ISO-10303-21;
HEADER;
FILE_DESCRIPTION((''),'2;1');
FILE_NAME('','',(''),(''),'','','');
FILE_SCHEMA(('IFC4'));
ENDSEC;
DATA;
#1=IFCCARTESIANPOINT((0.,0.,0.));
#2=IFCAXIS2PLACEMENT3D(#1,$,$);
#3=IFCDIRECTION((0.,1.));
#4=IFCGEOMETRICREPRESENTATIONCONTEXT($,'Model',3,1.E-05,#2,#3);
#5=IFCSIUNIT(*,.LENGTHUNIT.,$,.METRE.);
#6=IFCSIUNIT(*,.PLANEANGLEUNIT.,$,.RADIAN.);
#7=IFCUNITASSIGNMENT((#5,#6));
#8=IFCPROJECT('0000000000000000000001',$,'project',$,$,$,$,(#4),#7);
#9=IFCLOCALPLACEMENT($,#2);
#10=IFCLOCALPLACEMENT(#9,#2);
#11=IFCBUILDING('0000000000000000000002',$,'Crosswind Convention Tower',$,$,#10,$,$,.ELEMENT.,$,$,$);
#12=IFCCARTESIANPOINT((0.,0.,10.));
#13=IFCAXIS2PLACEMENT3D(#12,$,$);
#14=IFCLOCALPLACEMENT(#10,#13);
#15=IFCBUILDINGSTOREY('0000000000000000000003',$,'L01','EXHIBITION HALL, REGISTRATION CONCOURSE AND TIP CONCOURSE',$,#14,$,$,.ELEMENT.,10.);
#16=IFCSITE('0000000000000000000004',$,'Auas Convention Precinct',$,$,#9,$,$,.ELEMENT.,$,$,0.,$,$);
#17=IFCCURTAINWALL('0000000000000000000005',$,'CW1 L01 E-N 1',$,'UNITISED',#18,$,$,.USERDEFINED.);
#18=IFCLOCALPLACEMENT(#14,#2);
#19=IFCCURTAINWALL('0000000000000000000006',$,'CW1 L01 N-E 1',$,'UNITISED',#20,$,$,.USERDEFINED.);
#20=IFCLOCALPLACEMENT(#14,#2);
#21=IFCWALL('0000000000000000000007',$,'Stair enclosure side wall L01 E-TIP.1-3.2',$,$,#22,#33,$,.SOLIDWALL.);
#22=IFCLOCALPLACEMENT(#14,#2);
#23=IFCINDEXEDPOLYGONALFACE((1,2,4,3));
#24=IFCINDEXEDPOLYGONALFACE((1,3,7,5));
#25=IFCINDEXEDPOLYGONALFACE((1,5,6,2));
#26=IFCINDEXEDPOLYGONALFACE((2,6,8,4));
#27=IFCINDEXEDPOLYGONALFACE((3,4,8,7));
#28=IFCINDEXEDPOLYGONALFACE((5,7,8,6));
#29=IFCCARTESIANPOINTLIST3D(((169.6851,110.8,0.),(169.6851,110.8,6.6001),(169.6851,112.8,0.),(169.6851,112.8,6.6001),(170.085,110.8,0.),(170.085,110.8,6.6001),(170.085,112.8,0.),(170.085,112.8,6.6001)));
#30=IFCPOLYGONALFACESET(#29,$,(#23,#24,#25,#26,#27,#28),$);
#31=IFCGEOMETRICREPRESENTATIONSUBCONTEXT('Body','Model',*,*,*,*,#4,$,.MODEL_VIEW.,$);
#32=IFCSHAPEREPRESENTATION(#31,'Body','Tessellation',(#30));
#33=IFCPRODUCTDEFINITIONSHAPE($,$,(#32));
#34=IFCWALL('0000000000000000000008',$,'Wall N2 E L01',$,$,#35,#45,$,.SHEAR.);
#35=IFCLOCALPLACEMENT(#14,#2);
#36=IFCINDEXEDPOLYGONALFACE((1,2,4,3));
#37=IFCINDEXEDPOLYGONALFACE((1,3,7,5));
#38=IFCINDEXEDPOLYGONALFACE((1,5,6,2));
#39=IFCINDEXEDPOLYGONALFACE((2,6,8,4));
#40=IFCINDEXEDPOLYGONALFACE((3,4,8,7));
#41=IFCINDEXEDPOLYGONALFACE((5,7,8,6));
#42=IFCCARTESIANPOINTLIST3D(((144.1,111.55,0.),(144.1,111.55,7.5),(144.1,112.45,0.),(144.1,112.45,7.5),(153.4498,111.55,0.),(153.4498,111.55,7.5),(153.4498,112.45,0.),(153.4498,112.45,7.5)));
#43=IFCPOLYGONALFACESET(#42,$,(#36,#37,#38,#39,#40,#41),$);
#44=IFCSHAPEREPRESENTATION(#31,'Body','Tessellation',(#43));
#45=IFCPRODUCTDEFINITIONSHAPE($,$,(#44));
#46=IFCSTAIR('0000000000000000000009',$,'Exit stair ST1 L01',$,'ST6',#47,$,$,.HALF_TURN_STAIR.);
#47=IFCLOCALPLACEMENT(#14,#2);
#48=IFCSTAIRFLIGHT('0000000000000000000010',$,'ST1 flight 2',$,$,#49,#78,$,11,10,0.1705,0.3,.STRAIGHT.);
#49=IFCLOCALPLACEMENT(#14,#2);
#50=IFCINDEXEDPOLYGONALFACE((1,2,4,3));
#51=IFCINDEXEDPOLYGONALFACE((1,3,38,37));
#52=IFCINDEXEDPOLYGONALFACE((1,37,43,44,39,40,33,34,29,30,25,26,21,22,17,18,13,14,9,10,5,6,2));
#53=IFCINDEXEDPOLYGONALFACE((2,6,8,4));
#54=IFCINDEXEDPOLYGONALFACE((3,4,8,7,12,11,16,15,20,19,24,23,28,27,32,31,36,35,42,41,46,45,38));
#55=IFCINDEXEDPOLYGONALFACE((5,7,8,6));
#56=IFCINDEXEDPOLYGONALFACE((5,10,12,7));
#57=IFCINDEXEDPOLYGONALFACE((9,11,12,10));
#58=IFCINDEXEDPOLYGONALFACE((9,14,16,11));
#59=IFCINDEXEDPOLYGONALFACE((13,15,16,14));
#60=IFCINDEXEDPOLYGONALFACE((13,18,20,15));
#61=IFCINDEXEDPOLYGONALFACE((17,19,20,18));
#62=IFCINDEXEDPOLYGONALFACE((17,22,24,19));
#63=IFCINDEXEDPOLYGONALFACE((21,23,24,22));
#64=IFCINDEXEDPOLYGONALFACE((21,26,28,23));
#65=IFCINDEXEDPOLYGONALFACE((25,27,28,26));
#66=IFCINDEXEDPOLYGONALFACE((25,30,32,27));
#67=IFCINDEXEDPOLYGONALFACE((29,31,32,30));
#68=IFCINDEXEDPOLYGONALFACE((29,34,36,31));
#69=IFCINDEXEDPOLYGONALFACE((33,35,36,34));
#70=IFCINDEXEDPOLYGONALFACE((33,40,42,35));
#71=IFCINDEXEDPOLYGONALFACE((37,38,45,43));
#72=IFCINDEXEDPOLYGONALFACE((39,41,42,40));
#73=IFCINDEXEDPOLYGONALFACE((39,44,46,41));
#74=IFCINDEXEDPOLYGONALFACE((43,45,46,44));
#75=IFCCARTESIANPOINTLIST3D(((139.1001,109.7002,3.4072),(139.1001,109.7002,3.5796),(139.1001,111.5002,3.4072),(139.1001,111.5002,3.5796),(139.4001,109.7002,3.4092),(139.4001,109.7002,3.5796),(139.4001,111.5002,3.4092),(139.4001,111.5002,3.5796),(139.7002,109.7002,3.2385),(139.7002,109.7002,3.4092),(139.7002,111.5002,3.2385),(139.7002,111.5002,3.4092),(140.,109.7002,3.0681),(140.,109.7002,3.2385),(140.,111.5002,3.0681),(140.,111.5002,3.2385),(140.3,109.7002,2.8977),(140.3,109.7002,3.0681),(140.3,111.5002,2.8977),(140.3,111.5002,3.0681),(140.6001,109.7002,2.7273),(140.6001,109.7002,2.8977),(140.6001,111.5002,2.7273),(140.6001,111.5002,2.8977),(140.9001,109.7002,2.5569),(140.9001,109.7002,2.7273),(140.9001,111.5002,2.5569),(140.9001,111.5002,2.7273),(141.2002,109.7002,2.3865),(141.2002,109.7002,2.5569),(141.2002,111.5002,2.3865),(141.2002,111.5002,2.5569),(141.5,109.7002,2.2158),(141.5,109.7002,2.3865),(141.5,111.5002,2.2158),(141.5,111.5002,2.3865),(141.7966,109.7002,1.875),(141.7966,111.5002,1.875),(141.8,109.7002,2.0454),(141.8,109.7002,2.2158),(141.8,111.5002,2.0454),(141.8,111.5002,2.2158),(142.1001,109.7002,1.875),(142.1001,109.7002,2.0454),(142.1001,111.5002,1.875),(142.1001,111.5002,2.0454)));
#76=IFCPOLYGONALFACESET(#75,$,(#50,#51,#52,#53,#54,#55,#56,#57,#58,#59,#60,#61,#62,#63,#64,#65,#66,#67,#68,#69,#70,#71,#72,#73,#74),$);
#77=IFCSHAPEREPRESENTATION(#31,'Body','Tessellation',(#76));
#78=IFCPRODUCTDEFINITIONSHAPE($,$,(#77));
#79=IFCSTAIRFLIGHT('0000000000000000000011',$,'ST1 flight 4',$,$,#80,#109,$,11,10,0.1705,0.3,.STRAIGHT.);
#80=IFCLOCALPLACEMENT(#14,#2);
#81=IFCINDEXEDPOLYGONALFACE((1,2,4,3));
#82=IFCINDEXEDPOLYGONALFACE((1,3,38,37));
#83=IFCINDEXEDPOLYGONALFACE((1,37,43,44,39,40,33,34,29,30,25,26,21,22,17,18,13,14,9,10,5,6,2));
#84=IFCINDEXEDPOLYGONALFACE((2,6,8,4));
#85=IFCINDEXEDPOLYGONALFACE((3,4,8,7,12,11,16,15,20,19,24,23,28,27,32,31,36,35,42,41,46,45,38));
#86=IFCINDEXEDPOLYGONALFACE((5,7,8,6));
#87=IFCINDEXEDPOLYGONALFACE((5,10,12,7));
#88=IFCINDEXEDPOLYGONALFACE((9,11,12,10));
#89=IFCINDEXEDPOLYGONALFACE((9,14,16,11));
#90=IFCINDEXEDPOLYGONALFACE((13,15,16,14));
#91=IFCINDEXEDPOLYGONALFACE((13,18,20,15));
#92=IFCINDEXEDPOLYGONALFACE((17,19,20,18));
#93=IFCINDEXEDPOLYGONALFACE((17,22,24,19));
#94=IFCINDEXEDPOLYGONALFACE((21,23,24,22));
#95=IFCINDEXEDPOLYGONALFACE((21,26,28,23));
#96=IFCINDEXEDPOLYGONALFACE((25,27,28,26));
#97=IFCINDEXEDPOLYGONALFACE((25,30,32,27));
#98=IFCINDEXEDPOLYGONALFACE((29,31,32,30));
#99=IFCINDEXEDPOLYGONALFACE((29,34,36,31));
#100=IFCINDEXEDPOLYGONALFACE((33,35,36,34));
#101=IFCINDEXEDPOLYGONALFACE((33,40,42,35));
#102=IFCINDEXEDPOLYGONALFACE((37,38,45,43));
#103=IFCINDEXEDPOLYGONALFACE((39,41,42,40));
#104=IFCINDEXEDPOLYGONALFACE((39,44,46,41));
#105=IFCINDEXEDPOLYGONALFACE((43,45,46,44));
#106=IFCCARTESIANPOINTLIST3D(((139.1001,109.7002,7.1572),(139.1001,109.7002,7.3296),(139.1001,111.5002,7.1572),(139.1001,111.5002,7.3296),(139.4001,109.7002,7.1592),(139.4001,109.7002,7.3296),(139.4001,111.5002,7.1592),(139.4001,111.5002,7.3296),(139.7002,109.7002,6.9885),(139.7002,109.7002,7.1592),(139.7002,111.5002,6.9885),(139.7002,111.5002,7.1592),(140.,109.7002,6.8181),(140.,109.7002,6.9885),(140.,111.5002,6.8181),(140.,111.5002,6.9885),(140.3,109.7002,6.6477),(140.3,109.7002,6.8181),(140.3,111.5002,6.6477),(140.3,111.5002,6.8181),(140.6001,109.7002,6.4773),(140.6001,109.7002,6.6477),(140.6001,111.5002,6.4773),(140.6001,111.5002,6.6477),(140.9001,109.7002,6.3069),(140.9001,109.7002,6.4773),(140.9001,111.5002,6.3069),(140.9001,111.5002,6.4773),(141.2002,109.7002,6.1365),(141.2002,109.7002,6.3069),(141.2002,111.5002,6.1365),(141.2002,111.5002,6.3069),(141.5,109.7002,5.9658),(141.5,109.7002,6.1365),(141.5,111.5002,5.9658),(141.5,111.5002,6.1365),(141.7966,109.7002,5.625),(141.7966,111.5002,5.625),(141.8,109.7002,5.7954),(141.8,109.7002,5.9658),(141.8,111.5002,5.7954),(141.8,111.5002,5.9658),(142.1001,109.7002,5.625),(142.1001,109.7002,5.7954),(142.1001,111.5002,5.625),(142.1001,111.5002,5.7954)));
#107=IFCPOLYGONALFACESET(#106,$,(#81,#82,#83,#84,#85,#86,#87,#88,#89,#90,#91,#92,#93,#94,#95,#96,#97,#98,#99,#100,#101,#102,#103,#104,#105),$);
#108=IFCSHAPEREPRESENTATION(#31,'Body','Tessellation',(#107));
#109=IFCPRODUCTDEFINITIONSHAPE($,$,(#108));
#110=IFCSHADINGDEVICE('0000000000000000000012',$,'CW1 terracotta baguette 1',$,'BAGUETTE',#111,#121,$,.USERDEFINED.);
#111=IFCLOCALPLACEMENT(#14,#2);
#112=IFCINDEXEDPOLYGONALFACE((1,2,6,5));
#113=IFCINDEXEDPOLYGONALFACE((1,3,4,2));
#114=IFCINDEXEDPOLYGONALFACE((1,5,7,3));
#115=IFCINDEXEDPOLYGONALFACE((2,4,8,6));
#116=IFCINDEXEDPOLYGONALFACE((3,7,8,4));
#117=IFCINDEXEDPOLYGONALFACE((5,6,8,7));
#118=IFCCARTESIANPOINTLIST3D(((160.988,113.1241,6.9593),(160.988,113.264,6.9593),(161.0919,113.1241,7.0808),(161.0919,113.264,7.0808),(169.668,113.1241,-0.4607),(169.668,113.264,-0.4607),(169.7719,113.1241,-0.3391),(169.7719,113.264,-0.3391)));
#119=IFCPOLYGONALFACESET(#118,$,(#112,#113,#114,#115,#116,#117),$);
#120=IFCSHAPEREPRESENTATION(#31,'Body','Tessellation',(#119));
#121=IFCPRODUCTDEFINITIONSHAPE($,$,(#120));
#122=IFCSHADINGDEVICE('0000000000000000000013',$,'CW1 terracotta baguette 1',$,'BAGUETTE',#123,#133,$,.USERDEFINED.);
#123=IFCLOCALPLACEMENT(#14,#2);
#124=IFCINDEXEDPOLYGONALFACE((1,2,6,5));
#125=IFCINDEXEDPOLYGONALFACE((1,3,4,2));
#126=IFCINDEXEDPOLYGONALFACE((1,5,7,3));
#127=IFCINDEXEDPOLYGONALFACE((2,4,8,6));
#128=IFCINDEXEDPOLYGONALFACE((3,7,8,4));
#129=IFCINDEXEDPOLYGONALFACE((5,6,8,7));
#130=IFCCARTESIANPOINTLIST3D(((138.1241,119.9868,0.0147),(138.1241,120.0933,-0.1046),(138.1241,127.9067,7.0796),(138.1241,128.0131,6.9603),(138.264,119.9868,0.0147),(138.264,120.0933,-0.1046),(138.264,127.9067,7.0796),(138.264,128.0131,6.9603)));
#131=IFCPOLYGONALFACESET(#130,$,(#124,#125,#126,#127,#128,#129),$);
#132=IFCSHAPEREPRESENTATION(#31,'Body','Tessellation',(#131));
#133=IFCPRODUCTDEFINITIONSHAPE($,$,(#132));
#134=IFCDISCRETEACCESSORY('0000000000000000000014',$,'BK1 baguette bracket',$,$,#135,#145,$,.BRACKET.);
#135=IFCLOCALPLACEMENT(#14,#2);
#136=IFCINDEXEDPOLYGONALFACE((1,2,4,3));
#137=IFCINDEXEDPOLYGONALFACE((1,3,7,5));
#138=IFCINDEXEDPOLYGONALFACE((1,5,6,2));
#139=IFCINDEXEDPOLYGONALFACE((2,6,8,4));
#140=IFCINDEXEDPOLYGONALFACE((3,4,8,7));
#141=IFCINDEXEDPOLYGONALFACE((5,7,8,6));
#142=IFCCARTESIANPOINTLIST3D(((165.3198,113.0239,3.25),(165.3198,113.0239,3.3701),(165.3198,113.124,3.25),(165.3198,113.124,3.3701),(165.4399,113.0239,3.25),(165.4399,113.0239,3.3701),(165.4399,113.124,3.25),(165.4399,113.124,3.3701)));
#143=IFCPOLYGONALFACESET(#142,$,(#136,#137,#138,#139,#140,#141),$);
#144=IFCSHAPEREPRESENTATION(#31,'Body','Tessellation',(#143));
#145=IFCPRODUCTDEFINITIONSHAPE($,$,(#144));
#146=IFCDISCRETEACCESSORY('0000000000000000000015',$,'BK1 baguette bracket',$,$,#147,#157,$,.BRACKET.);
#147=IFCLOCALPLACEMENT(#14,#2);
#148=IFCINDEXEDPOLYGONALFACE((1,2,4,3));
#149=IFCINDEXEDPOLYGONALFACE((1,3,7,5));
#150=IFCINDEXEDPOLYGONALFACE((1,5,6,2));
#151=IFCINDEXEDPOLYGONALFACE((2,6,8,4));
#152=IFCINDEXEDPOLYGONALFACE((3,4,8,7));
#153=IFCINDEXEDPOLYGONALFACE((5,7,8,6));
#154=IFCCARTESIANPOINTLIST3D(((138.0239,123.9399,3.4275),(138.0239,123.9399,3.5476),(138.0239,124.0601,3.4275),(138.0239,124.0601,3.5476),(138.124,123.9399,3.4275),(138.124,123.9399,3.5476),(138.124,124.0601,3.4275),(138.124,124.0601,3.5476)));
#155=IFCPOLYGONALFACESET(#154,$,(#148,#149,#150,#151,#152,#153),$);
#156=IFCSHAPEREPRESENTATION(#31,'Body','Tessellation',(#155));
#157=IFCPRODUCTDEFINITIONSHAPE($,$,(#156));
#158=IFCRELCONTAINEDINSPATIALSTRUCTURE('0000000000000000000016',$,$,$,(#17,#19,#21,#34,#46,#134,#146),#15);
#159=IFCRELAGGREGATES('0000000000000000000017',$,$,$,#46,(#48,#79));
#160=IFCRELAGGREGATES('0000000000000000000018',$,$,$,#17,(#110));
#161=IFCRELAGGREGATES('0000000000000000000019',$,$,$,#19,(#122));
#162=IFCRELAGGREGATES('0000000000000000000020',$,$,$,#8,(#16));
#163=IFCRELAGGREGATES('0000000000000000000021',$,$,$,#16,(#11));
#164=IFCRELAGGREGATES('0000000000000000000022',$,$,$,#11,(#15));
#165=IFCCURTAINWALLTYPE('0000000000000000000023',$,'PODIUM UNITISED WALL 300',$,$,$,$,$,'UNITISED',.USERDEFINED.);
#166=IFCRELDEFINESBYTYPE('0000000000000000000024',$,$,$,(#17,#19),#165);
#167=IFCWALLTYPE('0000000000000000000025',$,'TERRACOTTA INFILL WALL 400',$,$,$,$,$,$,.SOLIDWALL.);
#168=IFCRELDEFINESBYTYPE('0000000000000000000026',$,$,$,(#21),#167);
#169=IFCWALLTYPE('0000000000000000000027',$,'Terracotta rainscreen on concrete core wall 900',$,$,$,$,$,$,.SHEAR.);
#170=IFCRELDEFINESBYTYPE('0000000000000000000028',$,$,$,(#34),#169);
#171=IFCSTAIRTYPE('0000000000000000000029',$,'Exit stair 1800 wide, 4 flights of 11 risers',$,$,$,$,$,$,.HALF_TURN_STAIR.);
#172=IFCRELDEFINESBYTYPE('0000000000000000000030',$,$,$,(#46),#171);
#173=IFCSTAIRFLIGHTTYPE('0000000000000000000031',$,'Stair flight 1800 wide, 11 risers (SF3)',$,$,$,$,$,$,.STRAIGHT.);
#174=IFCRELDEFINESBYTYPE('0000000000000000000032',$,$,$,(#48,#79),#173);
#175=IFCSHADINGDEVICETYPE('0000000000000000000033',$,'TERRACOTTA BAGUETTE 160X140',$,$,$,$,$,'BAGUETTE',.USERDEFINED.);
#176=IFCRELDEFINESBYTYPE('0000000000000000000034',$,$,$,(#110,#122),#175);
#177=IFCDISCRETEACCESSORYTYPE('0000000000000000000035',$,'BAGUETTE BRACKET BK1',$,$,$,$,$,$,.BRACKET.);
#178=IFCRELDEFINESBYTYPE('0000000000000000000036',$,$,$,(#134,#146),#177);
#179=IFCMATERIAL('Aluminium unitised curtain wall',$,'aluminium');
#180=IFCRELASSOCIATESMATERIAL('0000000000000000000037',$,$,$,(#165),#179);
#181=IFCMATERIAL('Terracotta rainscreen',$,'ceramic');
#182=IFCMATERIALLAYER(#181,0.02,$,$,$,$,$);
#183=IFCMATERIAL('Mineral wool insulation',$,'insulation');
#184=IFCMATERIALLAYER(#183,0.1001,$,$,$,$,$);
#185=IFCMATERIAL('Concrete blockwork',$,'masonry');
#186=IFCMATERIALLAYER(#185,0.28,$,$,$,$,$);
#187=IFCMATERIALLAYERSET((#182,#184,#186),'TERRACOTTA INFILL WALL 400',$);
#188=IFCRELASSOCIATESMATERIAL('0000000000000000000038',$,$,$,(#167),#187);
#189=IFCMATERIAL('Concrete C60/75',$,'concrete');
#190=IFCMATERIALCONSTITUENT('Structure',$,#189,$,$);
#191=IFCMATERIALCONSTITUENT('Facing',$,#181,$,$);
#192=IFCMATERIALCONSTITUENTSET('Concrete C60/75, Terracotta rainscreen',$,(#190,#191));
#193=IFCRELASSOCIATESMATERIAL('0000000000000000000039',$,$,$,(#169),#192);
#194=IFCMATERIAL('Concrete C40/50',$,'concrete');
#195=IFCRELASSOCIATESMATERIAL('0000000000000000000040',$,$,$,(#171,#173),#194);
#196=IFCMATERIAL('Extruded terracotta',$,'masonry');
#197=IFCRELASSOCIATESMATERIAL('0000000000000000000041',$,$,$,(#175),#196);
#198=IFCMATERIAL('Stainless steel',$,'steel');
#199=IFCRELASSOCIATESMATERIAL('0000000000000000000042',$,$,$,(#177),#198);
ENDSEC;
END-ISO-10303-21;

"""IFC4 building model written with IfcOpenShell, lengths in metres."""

from ifc_helpers import new_model, si_unit, direction, frame, frame_2d, origin, origin_2d, place, context, subcontext, project, spatial, polyline, rectangle, outline, extrude, material, layer, layer_set, constituent, constituent_set, material_profile, profile_set, type_object, element, aggregate, save


model = new_model("IFC4")

# Units and contexts
model_context = context("Model", 3, precision=1e-05, world=origin(), true_north=direction((0.0, 1.0)))
body_context = subcontext(model_context, "Body", "Model", "MODEL_VIEW")
ifc_project = project(units=[si_unit("LENGTHUNIT", "METRE"), si_unit("PLANEANGLEUNIT", "RADIAN")], contexts=[model_context])

# Site, building, storey
site_placement = place(None, origin())
site = spatial("IfcSite", under=ifc_project, at=site_placement, Name="Auas Convention Precinct", CompositionType="ELEMENT", RefElevation=0.0)
building_placement = place(site_placement, origin())
building = spatial("IfcBuilding", under=site, at=building_placement, Name="Crosswind Convention Tower", CompositionType="ELEMENT")
storey_placement = place(building_placement, frame((0.0, 0.0, 10.0)))
storey = spatial("IfcBuildingStorey", under=building, at=storey_placement, Name="L01", Description="EXHIBITION HALL, REGISTRATION CONCOURSE AND TIP CONCOURSE", CompositionType="ELEMENT", Elevation=10.0)

# Shared definitions
ifc_material_1 = material(Name="Concrete C60/75", Category="concrete")

# Curtain walls
ifc_material_2 = material(Name="Aluminium unitised curtain wall", Category="aluminium")
curtain_wall_type_1 = type_object("IfcCurtainWallType", Name="PODIUM UNITISED WALL 300", ElementType="UNITISED", PredefinedType="USERDEFINED", material=ifc_material_2)
curtain_wall_1_placement = place(storey_placement, origin())
curtain_wall_1 = element("IfcCurtainWall", 1, at=curtain_wall_1_placement, inside=storey, type_object=curtain_wall_type_1, Name="CW1 L01 E-N 1", ObjectType="UNITISED", PredefinedType="USERDEFINED")
curtain_wall_2_placement = place(storey_placement, origin())
curtain_wall_2 = element("IfcCurtainWall", 2, at=curtain_wall_2_placement, inside=storey, type_object=curtain_wall_type_1, Name="CW1 L01 N-E 1", ObjectType="UNITISED", PredefinedType="USERDEFINED")

# Walls
ifc_material_3 = material(Name="Concrete C40/50", Category="concrete")
ifc_material_4 = material(Name="Terracotta rainscreen", Category="ceramic")
ifc_material_5 = material(Name="Mineral wool insulation", Category="insulation")
ifc_material_6 = material(Name="Concrete blockwork", Category="masonry")
ifc_layer_1 = layer(ifc_material_4, 0.02)
ifc_layer_2 = layer(ifc_material_5, 0.1001)
ifc_layer_3 = layer(ifc_material_6, 0.28)
ifc_layer_set_1 = layer_set([ifc_layer_1, ifc_layer_2, ifc_layer_3], Name="TERRACOTTA INFILL WALL 400")
wall_type_1 = type_object("IfcWallType", Name="TERRACOTTA INFILL WALL 400", PredefinedType="SOLIDWALL", material=ifc_layer_set_1)
wall_1_placement = place(storey_placement, frame((169.885, 110.8, 0.0), z_axis=(0.0, 0.0, 1.0), x_axis=(0.0, 1.0, 0.0)))
element("IfcWall", 3, at=wall_1_placement, inside=storey, type_object=wall_type_1, Name="Stair enclosure side wall L01 E-TIP.1-3.2", PredefinedType="SOLIDWALL", context=body_context, shape_type="SweptSolid", body=[
    extrude(rectangle(XDim=2.0, YDim=0.3999, at=frame_2d((1.0, 0.0))), origin(), (0.0, 0.0, 1.0), 6.6001),
])
ifc_constituent_1 = constituent(ifc_material_1, Name="Structure")
ifc_constituent_2 = constituent(ifc_material_4, Name="Facing")
ifc_constituent_set = constituent_set(constituents=[ifc_constituent_1, ifc_constituent_2], Name="Concrete C60/75, Terracotta rainscreen")
wall_type_2 = type_object("IfcWallType", Name="Terracotta rainscreen on concrete core wall 900", PredefinedType="SHEAR", material=ifc_constituent_set)
wall_2_placement = place(storey_placement, frame((144.1001, 112.0, 0.0), z_axis=(0.0, 0.0, 1.0), x_axis=(1.0, 0.0, 0.0)))
element("IfcWall", 4, at=wall_2_placement, inside=storey, type_object=wall_type_2, Name="Wall N2 E L01", PredefinedType="SHEAR", context=body_context, shape_type="SweptSolid", body=[
    extrude(rectangle(XDim=9.3499, YDim=0.8999, at=frame_2d((4.6748, 0.0))), origin(), (0.0, 0.0, 1.0), 7.5),
])

# Stair, stair flights
stair_type = type_object("IfcStairType", Name="Exit stair 1800 wide, 4 flights of 11 risers", PredefinedType="HALF_TURN_STAIR", material=ifc_material_3)
stair_placement = place(storey_placement, origin())
stair = element("IfcStair", 5, at=stair_placement, inside=storey, type_object=stair_type, Name="Exit stair ST1 L01", ObjectType="ST6", PredefinedType="HALF_TURN_STAIR")
stair_flight_type = type_object("IfcStairFlightType", Name="Stair flight 1800 wide, 11 risers (SF3)", PredefinedType="STRAIGHT", material=ifc_material_3)
stair_flight_1_placement = place(storey_placement, frame((142.1001, 110.6001, 1.875), z_axis=(0.0, 0.0, 1.0), x_axis=(-1.0, 0.0, 0.0)))
stair_flight_1 = element("IfcStairFlight", 6, at=stair_flight_1_placement, type_object=stair_flight_type, Name="ST1 flight 2", NumberOfRisers=11, NumberOfTreads=10, PredefinedType="STRAIGHT", RiserHeight=0.1705, TreadLength=0.3, context=body_context, shape_type="SweptSolid", body=[
    extrude(outline(polyline([(0.0, 0.0), (0.0, 0.1704), (0.3, 0.1704), (0.3, 0.3408), (0.6001, 0.3408), (0.6001, 0.5115), (0.8999, 0.5115), (0.8999, 0.6819), (1.2, 0.6819), (1.2, 0.8523), (1.5, 0.8523), (1.5, 1.0227), (1.8, 1.0227), (1.8, 1.1931), (2.1001, 1.1931), (2.1001, 1.3635), (2.3999, 1.3635), (2.3999, 1.5342), (2.7, 1.5342), (2.7, 1.7046), (3.0, 1.7046), (3.0, 1.875), (3.0, 1.5322), (0.3035, 0.0), (0.0, 0.0)])), frame((0.0, 0.8999, 0.0), z_axis=(0.0, -1.0, 0.0), x_axis=(1.0, 0.0, 0.0)), (0.0, 0.0, 1.0), 1.8),
])
stair_flight_2_placement = place(storey_placement, frame((142.1001, 110.6001, 5.625), z_axis=(0.0, 0.0, 1.0), x_axis=(-1.0, 0.0, 0.0)))
stair_flight_2 = element("IfcStairFlight", 7, at=stair_flight_2_placement, type_object=stair_flight_type, Name="ST1 flight 4", NumberOfRisers=11, NumberOfTreads=10, PredefinedType="STRAIGHT", RiserHeight=0.1705, TreadLength=0.3, context=body_context, shape_type="SweptSolid", body=[
    extrude(outline(polyline([(0.0, 0.0), (0.0, 0.1704), (0.3, 0.1704), (0.3, 0.3408), (0.6001, 0.3408), (0.6001, 0.5115), (0.8999, 0.5115), (0.8999, 0.6819), (1.2, 0.6819), (1.2, 0.8523), (1.5, 0.8523), (1.5, 1.0227), (1.8, 1.0227), (1.8, 1.1931), (2.1001, 1.1931), (2.1001, 1.3635), (2.3999, 1.3635), (2.3999, 1.5342), (2.7, 1.5342), (2.7, 1.7046), (3.0, 1.7046), (3.0, 1.875), (3.0, 1.5322), (0.3035, 0.0), (0.0, 0.0)])), frame((0.0, 0.8999, 0.0), z_axis=(0.0, -1.0, 0.0), x_axis=(1.0, 0.0, 0.0)), (0.0, 0.0, 1.0), 1.8),
])
aggregate(stair, [stair_flight_1, stair_flight_2])

# Shading devices
ifc_material_7 = material(Name="Extruded terracotta", Category="masonry")
ifc_material_profile_1 = material_profile(ifc_material_7, rectangle(XDim=0.1399, YDim=0.1599, at=origin_2d()), Name="TC 140X160")
ifc_profile_set_1 = profile_set([ifc_material_profile_1], Name="Extruded terracotta")
shading_device_type = type_object("IfcShadingDeviceType", Name="TERRACOTTA BAGUETTE 160X140", ElementType="BAGUETTE", PredefinedType="USERDEFINED", material=ifc_profile_set_1)
shading_device_1_placement = place(storey_placement, frame((169.72, 113.1941, -0.3999), z_axis=(-0.760122, 0.0, 0.64978), x_axis=(0.0, -1.0, 0.0)))
shading_device_1 = element("IfcShadingDevice", 8, at=shading_device_1_placement, type_object=shading_device_type, Name="CW1 terracotta baguette 1", ObjectType="BAGUETTE", PredefinedType="USERDEFINED", context=body_context, shape_type="SweptSolid", body=[
    extrude(rectangle(XDim=0.1399, YDim=0.1599, at=origin_2d()), origin(), (0.0, 0.0, 1.0), 11.4192),
])
aggregate(curtain_wall_1, [shading_device_1])
shading_device_2_placement = place(storey_placement, frame((138.1941, 120.04, -0.0449), z_axis=(0.0, 0.746238, 0.665679), x_axis=(-1.0, 0.0, 0.0)))
shading_device_2 = element("IfcShadingDevice", 9, at=shading_device_2_placement, type_object=shading_device_type, Name="CW1 terracotta baguette 1", ObjectType="BAGUETTE", PredefinedType="USERDEFINED", context=body_context, shape_type="SweptSolid", body=[
    extrude(rectangle(XDim=0.1399, YDim=0.1599, at=origin_2d()), origin(), (0.0, 0.0, 1.0), 10.613),
])
aggregate(curtain_wall_2, [shading_device_2])

# Discrete accessories
ifc_material_8 = material(Name="Stainless steel", Category="steel")
discrete_accessory_type = type_object("IfcDiscreteAccessoryType", Name="BAGUETTE BRACKET BK1", PredefinedType="BRACKET", material=ifc_material_8)
for number, where, z_axis, x_axis, name in (
    (10, (165.3799, 113.074, 3.25), (0.0, 0.0, 1.0), (-1.0, 0.0, 0.0), "BK1 baguette bracket"),
    (11, (138.074, 124.0, 3.4275), (0.0, 0.0, 1.0), (0.0, 1.0, 0.0), "BK1 baguette bracket"),
):
    element("IfcDiscreteAccessory", number, at=place(storey_placement, frame(where, z_axis=z_axis, x_axis=x_axis)), inside=storey, type_object=discrete_accessory_type, Name=name, PredefinedType="BRACKET", context=body_context, shape_type="SweptSolid", body=[
        extrude(rectangle(XDim=0.1201, YDim=0.1001, at=origin_2d()), origin(), (0.0, 0.0, 1.0), 0.1201),
    ])

save(model, "model.ifc")
